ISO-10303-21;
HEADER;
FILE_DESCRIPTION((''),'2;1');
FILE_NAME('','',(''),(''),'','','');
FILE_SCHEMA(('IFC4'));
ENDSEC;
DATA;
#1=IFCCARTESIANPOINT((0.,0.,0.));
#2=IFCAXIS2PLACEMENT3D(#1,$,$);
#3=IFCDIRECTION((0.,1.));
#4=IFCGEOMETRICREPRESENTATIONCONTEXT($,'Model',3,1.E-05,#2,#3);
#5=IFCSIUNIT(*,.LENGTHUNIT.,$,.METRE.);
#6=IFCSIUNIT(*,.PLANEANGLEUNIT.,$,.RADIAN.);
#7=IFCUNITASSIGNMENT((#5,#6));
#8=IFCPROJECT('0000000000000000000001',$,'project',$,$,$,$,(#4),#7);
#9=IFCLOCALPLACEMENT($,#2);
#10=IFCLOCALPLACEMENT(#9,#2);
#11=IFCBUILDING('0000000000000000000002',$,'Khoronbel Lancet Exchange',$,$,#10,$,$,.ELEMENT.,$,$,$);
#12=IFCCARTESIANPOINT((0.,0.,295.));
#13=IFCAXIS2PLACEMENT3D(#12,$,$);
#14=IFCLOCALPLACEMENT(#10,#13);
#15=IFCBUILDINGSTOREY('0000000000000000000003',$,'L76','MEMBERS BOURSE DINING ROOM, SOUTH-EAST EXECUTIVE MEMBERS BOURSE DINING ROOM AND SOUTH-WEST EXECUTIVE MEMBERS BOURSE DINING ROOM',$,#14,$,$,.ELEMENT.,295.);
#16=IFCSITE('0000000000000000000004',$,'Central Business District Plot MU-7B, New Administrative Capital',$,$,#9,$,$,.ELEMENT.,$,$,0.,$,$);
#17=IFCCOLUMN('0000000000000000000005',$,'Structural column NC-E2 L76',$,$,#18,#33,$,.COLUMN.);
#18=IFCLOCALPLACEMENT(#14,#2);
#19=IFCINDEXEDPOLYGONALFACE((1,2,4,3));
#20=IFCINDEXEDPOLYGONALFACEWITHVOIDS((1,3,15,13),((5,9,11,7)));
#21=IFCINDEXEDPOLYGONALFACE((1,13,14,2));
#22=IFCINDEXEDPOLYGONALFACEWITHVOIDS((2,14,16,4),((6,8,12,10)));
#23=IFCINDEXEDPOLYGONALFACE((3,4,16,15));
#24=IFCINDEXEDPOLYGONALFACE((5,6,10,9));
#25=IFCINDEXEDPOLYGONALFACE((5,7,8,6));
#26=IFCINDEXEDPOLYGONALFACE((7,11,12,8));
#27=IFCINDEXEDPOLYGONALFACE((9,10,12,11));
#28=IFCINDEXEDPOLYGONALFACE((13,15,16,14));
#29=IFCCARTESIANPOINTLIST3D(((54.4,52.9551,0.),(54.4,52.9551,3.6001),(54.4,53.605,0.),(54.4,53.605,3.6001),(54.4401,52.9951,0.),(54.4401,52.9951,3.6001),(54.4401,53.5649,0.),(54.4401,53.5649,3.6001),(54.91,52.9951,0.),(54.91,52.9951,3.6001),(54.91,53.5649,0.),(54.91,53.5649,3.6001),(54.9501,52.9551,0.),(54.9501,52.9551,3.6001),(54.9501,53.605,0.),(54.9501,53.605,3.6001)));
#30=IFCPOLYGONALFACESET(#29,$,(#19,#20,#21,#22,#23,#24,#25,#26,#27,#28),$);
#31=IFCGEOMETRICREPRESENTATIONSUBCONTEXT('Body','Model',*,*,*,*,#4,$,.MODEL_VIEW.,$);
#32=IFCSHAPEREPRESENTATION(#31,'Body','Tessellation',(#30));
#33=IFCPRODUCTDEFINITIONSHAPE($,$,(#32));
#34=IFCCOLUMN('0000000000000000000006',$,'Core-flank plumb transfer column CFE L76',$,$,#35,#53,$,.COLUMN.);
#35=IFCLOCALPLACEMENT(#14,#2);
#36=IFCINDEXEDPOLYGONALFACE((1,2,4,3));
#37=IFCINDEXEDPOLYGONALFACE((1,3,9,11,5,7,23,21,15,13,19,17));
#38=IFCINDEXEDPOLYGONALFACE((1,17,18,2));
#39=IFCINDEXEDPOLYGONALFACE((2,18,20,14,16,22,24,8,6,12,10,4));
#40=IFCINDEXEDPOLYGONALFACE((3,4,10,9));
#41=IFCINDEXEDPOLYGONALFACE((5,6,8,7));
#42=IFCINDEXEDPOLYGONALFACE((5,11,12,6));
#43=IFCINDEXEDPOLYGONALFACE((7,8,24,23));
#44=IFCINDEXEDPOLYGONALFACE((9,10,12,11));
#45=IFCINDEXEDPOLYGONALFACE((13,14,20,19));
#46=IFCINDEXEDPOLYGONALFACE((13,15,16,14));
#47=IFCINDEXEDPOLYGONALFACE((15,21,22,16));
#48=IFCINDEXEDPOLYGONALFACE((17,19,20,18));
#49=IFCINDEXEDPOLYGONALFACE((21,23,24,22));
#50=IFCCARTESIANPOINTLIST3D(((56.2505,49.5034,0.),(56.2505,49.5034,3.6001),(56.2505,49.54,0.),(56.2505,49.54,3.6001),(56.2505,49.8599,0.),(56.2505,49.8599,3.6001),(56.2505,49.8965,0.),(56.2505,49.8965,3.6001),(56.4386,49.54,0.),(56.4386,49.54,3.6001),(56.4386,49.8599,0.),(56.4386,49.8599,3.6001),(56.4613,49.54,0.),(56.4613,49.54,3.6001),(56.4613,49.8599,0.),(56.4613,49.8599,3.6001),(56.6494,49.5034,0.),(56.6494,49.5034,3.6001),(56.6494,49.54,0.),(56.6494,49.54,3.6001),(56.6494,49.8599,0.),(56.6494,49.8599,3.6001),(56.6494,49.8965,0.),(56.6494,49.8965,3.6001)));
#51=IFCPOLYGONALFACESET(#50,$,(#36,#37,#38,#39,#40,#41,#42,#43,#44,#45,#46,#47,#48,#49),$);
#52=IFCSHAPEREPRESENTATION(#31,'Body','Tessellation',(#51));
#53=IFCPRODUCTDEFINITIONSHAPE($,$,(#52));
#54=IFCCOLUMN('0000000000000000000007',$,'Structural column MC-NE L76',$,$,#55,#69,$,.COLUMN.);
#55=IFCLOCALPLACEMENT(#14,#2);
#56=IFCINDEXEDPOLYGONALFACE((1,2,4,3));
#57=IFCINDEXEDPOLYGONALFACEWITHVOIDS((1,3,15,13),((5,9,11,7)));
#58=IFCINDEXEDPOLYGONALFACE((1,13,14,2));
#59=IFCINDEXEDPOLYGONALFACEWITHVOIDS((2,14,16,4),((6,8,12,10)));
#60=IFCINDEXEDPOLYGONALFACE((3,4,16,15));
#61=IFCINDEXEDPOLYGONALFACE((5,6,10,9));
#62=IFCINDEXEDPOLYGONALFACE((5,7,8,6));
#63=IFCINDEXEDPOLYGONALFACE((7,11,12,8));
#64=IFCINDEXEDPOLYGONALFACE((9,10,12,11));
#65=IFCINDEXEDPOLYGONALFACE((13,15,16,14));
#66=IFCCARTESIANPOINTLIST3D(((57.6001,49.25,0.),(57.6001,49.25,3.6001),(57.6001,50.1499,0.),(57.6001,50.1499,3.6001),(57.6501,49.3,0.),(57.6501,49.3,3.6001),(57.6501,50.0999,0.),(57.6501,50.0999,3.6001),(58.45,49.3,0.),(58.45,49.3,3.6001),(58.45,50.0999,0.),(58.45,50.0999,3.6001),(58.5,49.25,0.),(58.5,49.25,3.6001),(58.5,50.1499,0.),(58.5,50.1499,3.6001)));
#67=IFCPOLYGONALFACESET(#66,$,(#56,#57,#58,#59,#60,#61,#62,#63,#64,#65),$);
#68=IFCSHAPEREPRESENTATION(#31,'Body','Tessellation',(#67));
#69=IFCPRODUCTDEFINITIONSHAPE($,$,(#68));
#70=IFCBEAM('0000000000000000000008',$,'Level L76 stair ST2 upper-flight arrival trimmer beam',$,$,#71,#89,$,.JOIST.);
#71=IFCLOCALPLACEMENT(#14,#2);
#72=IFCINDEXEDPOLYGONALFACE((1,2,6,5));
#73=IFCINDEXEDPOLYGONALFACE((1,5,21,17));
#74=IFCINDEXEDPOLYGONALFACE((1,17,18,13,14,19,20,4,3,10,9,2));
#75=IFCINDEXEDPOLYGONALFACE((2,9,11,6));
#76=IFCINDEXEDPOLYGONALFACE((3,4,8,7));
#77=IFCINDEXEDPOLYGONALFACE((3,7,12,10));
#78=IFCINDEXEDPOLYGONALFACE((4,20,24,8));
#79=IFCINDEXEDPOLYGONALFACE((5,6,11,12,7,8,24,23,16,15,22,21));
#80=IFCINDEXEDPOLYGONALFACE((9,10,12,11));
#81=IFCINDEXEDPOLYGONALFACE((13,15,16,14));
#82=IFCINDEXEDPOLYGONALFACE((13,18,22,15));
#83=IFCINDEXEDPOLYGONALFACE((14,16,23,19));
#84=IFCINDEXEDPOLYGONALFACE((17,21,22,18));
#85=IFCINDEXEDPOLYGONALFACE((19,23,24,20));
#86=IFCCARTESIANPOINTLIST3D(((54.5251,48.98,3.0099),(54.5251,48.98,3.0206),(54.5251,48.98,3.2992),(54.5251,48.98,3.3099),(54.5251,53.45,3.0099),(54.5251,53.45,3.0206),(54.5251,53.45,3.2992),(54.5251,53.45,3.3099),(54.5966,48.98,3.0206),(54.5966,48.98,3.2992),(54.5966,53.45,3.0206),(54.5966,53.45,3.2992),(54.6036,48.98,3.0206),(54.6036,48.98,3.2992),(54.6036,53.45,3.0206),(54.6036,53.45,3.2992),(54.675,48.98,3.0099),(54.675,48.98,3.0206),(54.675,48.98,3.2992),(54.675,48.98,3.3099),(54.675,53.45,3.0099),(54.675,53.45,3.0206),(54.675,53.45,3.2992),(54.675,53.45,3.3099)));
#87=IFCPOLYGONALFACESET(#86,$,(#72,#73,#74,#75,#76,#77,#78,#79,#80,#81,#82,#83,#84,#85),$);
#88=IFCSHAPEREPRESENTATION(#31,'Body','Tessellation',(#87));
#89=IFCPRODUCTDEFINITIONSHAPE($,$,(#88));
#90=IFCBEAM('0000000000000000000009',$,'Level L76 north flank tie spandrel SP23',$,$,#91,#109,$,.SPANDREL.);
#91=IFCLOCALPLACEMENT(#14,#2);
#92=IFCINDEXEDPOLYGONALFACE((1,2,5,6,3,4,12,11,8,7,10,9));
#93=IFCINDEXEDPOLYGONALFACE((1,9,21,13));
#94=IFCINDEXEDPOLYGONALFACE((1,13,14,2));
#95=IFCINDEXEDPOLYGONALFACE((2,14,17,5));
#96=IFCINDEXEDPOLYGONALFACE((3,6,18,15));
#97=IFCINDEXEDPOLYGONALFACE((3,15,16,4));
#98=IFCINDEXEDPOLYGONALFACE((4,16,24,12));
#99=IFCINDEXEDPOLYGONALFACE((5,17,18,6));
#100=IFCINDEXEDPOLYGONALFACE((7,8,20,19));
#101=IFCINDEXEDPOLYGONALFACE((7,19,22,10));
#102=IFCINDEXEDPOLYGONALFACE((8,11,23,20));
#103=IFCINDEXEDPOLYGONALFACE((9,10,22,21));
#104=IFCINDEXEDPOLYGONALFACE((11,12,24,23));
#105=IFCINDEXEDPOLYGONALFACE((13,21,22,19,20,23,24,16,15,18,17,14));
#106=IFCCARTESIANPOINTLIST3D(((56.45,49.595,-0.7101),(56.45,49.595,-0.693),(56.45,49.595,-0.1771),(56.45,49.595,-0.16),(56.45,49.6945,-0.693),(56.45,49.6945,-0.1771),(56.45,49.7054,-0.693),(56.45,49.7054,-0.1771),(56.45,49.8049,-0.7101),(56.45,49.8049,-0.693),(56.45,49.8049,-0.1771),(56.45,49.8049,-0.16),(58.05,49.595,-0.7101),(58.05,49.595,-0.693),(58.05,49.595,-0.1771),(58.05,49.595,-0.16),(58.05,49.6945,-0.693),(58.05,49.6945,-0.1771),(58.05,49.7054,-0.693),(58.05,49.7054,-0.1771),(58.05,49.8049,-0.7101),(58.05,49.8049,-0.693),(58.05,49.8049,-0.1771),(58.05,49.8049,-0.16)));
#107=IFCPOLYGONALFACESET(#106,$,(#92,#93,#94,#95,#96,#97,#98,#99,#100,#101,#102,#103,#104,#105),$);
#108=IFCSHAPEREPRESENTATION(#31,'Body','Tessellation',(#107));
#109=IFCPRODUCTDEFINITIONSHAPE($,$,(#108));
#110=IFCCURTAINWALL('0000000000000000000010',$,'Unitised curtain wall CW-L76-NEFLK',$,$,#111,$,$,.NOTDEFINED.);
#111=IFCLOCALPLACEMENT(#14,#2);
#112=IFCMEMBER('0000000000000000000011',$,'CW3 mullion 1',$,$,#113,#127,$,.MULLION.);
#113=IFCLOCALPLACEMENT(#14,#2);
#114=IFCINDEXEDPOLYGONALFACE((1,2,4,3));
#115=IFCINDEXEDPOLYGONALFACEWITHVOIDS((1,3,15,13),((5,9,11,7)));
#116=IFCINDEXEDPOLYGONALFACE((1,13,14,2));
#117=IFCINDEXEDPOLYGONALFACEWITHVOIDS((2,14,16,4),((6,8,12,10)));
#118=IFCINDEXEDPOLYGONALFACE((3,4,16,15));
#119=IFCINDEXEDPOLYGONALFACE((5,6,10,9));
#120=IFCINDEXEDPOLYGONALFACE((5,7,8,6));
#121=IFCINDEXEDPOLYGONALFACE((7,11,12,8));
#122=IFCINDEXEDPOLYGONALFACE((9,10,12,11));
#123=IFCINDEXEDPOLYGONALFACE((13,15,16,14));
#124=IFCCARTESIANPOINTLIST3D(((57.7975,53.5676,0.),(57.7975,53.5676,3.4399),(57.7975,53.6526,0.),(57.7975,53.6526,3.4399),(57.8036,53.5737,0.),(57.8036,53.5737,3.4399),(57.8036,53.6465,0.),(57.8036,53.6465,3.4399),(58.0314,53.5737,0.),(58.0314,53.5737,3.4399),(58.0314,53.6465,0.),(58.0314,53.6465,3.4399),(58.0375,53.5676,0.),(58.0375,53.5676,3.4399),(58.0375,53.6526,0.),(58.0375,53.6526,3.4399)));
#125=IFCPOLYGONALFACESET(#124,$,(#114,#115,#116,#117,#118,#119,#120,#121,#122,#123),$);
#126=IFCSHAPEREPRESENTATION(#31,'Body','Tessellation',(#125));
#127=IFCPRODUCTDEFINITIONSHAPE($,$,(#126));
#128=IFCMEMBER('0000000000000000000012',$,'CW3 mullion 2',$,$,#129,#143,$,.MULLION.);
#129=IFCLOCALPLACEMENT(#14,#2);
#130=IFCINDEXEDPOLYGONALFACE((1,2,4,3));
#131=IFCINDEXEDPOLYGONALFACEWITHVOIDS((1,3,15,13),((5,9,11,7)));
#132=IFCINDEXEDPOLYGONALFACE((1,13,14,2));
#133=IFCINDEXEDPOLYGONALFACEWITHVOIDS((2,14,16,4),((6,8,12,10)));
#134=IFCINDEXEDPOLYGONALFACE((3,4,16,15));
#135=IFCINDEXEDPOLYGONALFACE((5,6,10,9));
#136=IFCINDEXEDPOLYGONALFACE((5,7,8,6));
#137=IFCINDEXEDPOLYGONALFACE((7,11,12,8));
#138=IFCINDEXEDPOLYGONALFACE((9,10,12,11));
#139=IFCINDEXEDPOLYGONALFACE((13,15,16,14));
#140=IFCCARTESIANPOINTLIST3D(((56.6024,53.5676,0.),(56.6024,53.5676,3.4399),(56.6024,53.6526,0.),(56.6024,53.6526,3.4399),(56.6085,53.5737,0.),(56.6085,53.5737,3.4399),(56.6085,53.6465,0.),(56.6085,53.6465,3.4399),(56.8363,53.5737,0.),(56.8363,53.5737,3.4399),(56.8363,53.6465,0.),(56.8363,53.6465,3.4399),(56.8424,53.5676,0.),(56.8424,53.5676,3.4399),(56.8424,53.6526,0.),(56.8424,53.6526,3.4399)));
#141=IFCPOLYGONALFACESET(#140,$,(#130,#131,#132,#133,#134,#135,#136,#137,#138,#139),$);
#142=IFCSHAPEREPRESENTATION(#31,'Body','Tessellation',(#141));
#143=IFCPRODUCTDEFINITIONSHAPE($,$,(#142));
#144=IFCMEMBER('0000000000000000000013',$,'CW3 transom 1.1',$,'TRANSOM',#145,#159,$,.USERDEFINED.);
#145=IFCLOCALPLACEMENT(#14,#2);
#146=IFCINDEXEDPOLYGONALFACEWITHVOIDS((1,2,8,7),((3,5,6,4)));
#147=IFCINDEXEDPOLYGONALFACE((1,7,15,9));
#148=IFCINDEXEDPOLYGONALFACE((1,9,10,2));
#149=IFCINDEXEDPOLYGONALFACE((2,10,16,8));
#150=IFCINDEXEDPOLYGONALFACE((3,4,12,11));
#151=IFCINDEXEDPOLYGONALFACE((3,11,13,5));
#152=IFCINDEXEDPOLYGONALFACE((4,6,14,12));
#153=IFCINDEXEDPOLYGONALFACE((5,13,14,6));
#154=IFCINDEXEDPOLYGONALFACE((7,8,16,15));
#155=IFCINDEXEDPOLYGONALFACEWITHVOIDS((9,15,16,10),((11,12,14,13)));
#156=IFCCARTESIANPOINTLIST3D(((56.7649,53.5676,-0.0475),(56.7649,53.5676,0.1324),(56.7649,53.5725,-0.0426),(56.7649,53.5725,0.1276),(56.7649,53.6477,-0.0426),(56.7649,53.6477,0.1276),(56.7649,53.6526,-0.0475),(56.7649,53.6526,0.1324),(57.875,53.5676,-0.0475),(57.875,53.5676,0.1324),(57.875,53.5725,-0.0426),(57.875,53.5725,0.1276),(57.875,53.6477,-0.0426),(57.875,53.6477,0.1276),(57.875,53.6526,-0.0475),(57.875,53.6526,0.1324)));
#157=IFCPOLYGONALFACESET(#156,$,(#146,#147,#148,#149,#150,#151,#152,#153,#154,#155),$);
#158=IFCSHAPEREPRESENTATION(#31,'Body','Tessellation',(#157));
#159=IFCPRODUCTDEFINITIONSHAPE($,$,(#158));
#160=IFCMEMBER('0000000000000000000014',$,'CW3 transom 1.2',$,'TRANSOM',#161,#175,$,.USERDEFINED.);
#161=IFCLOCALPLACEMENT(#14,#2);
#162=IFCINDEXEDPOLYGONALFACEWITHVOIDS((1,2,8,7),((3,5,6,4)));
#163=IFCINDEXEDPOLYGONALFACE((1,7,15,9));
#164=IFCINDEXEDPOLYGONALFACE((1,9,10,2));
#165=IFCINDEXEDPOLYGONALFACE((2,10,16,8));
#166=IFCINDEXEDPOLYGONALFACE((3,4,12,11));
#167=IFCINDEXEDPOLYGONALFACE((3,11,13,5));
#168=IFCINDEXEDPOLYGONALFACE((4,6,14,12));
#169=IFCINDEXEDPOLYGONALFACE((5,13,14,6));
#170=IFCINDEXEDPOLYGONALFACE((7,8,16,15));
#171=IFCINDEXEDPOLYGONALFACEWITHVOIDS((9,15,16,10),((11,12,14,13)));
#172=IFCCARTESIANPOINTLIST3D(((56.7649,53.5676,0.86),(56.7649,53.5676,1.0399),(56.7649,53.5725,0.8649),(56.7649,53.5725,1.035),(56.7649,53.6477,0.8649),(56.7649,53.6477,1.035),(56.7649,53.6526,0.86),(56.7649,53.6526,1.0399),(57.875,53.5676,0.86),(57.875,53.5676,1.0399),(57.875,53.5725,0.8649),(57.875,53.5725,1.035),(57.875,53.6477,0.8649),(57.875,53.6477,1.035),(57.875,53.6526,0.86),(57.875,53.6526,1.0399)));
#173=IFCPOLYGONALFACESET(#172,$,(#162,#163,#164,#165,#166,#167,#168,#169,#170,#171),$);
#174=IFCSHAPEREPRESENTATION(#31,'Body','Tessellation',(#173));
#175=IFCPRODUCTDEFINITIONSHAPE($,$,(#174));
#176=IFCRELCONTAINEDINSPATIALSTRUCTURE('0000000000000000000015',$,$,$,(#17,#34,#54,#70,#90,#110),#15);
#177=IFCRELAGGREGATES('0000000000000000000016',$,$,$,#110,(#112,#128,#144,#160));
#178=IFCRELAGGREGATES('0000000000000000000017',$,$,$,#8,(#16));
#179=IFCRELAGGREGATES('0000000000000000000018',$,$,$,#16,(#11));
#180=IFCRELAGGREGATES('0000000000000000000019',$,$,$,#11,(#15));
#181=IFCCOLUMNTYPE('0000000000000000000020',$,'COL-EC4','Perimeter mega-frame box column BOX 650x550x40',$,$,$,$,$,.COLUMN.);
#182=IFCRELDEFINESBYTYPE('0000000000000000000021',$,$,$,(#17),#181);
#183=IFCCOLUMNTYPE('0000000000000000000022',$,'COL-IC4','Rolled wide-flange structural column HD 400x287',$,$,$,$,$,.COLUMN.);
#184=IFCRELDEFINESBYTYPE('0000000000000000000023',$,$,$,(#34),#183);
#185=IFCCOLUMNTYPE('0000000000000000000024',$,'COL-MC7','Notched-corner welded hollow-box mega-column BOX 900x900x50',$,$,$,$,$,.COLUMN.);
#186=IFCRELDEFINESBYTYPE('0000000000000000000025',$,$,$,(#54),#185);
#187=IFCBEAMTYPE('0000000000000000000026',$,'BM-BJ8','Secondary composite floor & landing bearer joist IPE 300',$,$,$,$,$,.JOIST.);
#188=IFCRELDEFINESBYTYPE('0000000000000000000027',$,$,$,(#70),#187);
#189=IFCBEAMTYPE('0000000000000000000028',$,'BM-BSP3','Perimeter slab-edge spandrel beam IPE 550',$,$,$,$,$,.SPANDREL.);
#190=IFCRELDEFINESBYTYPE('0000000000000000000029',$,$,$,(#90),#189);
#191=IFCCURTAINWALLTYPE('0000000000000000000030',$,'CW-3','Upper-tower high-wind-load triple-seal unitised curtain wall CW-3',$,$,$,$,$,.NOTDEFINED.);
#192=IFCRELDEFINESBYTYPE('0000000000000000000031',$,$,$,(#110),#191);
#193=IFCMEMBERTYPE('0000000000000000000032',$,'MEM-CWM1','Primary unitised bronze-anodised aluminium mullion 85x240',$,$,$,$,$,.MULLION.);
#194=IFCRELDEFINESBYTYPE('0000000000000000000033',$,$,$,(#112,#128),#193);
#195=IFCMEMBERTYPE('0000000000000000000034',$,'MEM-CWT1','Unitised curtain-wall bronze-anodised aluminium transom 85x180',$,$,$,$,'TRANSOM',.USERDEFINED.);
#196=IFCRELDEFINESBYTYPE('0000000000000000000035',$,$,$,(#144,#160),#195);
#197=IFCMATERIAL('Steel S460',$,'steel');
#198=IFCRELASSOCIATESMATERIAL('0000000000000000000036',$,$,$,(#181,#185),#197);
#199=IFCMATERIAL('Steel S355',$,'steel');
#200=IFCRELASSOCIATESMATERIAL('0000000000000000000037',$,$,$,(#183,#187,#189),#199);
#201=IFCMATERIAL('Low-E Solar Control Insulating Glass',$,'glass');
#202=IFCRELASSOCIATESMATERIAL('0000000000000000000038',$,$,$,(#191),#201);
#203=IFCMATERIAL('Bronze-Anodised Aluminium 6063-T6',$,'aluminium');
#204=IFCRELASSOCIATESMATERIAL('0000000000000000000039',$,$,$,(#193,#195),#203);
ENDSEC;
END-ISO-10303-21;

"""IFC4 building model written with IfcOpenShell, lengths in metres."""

from ifc_helpers import new_model, si_unit, direction, frame, origin, origin_2d, place, context, subcontext, project, spatial, hollow_rectangle, i_section, extrude, material, material_profile, profile_set, type_object, element, aggregate, save


model = new_model("IFC4")

# Units and contexts
model_context = context("Model", 3, precision=1e-05, world=origin(), true_north=direction((0.0, 1.0)))
body_context = subcontext(model_context, "Body", "Model", "MODEL_VIEW")
ifc_project = project(units=[si_unit("LENGTHUNIT", "METRE"), si_unit("PLANEANGLEUNIT", "RADIAN")], contexts=[model_context])

# Site, building, storey
site_placement = place(None, origin())
site = spatial("IfcSite", under=ifc_project, at=site_placement, Name="Central Business District Plot MU-7B, New Administrative Capital", CompositionType="ELEMENT", RefElevation=0.0)
building_placement = place(site_placement, origin())
building = spatial("IfcBuilding", under=site, at=building_placement, Name="Khoronbel Lancet Exchange", CompositionType="ELEMENT")
storey_placement = place(building_placement, frame((0.0, 0.0, 295.0)))
storey = spatial("IfcBuildingStorey", under=building, at=storey_placement, Name="L76", Description="MEMBERS BOURSE DINING ROOM, SOUTH-EAST EXECUTIVE MEMBERS BOURSE DINING ROOM AND SOUTH-WEST EXECUTIVE MEMBERS BOURSE DINING ROOM", CompositionType="ELEMENT", Elevation=295.0)

# Columns
ifc_material_1 = material(Name="Steel S460", Category="steel")
ifc_material_profile_1 = material_profile(ifc_material_1, hollow_rectangle(XDim=0.55, YDim=0.6499, WallThickness=0.04, at=origin_2d()), Name="BOX 650x550x40")
ifc_profile_set_1 = profile_set([ifc_material_profile_1], Name="Steel S460")
column_type_1 = type_object("IfcColumnType", Name="COL-EC4", Description="Perimeter mega-frame box column BOX 650x550x40", PredefinedType="COLUMN", material=ifc_profile_set_1)
column_1_placement = place(storey_placement, frame((54.675, 53.28, 0.0), z_axis=(0.0, 0.0, 1.0), x_axis=(1.0, 0.0, 0.0)))
element("IfcColumn", 1, at=column_1_placement, inside=storey, type_object=column_type_1, Name="Structural column NC-E2 L76", PredefinedType="COLUMN", context=body_context, shape_type="SweptSolid", body=[
    extrude(hollow_rectangle(XDim=0.55, YDim=0.6499, WallThickness=0.04, at=origin_2d()), origin(), (0.0, 0.0, 1.0), 3.6001),
])
ifc_material_2 = material(Name="Steel S355", Category="steel")
ifc_material_profile_2 = material_profile(ifc_material_2, i_section(OverallWidth=0.3989, OverallDepth=0.3931, WebThickness=0.0227, FlangeThickness=0.0366, at=origin_2d()), Name="HD 400x287")
ifc_profile_set_2 = profile_set([ifc_material_profile_2], Name="Steel S355")
column_type_2 = type_object("IfcColumnType", Name="COL-IC4", Description="Rolled wide-flange structural column HD 400x287", PredefinedType="COLUMN", material=ifc_profile_set_2)
column_2_placement = place(storey_placement, frame((56.45, 49.7, 0.0), z_axis=(0.0, 0.0, 1.0), x_axis=(1.0, 0.0, 0.0)))
element("IfcColumn", 2, at=column_2_placement, inside=storey, type_object=column_type_2, Name="Core-flank plumb transfer column CFE L76", PredefinedType="COLUMN", context=body_context, shape_type="SweptSolid", body=[
    extrude(i_section(OverallWidth=0.3989, OverallDepth=0.3931, WebThickness=0.0227, FlangeThickness=0.0366, at=origin_2d()), origin(), (0.0, 0.0, 1.0), 3.6001),
])
ifc_material_profile_3 = material_profile(ifc_material_1, hollow_rectangle(XDim=0.8999, YDim=0.8999, WallThickness=0.05, at=origin_2d()), Name="BOX 900x900x50")
ifc_profile_set_3 = profile_set([ifc_material_profile_3], Name="Steel S460")
column_type_3 = type_object("IfcColumnType", Name="COL-MC7", Description="Notched-corner welded hollow-box mega-column BOX 900x900x50", PredefinedType="COLUMN", material=ifc_profile_set_3)
column_3_placement = place(storey_placement, frame((58.05, 49.7, 0.0), z_axis=(0.0, 0.0, 1.0), x_axis=(1.0, 0.0, 0.0)))
element("IfcColumn", 3, at=column_3_placement, inside=storey, type_object=column_type_3, Name="Structural column MC-NE L76", PredefinedType="COLUMN", context=body_context, shape_type="SweptSolid", body=[
    extrude(hollow_rectangle(XDim=0.8999, YDim=0.8999, WallThickness=0.05, at=origin_2d()), origin(), (0.0, 0.0, 1.0), 3.6001),
])

# Beams
ifc_material_profile_4 = material_profile(ifc_material_2, i_section(OverallWidth=0.1499, OverallDepth=0.3, WebThickness=0.0071, FlangeThickness=0.0107, at=origin_2d()), Name="IPE 300")
ifc_profile_set_4 = profile_set([ifc_material_profile_4], Name="Steel S355")
beam_type_1 = type_object("IfcBeamType", Name="BM-BJ8", Description="Secondary composite floor & landing bearer joist IPE 300", PredefinedType="JOIST", material=ifc_profile_set_4)
beam_1_placement = place(storey_placement, frame((54.6001, 48.98, 3.1599), z_axis=(0.0, 1.0, 0.0), x_axis=(-1.0, 0.0, 0.0)))
element("IfcBeam", 4, at=beam_1_placement, inside=storey, type_object=beam_type_1, Name="Level L76 stair ST2 upper-flight arrival trimmer beam", PredefinedType="JOIST", context=body_context, shape_type="SweptSolid", body=[
    extrude(i_section(OverallWidth=0.1499, OverallDepth=0.3, WebThickness=0.0071, FlangeThickness=0.0107, at=origin_2d()), origin(), (0.0, 0.0, 1.0), 4.47),
])
ifc_material_profile_5 = material_profile(ifc_material_2, i_section(OverallWidth=0.21, OverallDepth=0.55, WebThickness=0.011, FlangeThickness=0.0171, at=origin_2d()), Name="IPE 550")
ifc_profile_set_5 = profile_set([ifc_material_profile_5], Name="Steel S355")
beam_type_2 = type_object("IfcBeamType", Name="BM-BSP3", Description="Perimeter slab-edge spandrel beam IPE 550", PredefinedType="SPANDREL", material=ifc_profile_set_5)
beam_2_placement = place(storey_placement, frame((58.05, 49.7, -0.4351), z_axis=(-1.0, 0.0, 0.0), x_axis=(0.0, -1.0, 0.0)))
element("IfcBeam", 5, at=beam_2_placement, inside=storey, type_object=beam_type_2, Name="Level L76 north flank tie spandrel SP23", PredefinedType="SPANDREL", context=body_context, shape_type="SweptSolid", body=[
    extrude(i_section(OverallWidth=0.21, OverallDepth=0.55, WebThickness=0.011, FlangeThickness=0.0171, at=origin_2d()), origin(), (0.0, 0.0, 1.0), 1.6001),
])

# Curtain wall, members
ifc_material_3 = material(Name="Low-E Solar Control Insulating Glass", Category="glass")
curtain_wall_type = type_object("IfcCurtainWallType", Name="CW-3", Description="Upper-tower high-wind-load triple-seal unitised curtain wall CW-3", PredefinedType="NOTDEFINED", material=ifc_material_3)
curtain_wall_placement = place(storey_placement, origin())
curtain_wall = element("IfcCurtainWall", 6, at=curtain_wall_placement, inside=storey, type_object=curtain_wall_type, Name="Unitised curtain wall CW-L76-NEFLK", PredefinedType="NOTDEFINED")
ifc_material_4 = material(Name="Bronze-Anodised Aluminium 6063-T6", Category="aluminium")
ifc_material_profile_6 = material_profile(ifc_material_4, hollow_rectangle(XDim=0.085, YDim=0.24, WallThickness=0.0061, at=origin_2d()), Name="ALU MULLION 85x240")
ifc_profile_set_6 = profile_set([ifc_material_profile_6], Name="Bronze-Anodised Aluminium 6063-T6")
member_type_1 = type_object("IfcMemberType", Name="MEM-CWM1", Description="Primary unitised bronze-anodised aluminium mullion 85x240", PredefinedType="MULLION", material=ifc_profile_set_6)
member_1_placement = place(storey_placement, frame((57.9175, 53.6101, 0.0), z_axis=(0.0, 0.0, 1.0), x_axis=(0.0, -1.0, 0.0)))
member_1 = element("IfcMember", 7, at=member_1_placement, type_object=member_type_1, Name="CW3 mullion 1", PredefinedType="MULLION", context=body_context, shape_type="SweptSolid", body=[
    extrude(hollow_rectangle(XDim=0.085, YDim=0.24, WallThickness=0.0061, at=origin_2d()), origin(), (0.0, 0.0, 1.0), 3.4399),
])
member_2_placement = place(storey_placement, frame((56.7224, 53.6101, 0.0), z_axis=(0.0, 0.0, 1.0), x_axis=(0.0, -1.0, 0.0)))
member_2 = element("IfcMember", 8, at=member_2_placement, type_object=member_type_1, Name="CW3 mullion 2", PredefinedType="MULLION", context=body_context, shape_type="SweptSolid", body=[
    extrude(hollow_rectangle(XDim=0.085, YDim=0.24, WallThickness=0.0061, at=origin_2d()), origin(), (0.0, 0.0, 1.0), 3.4399),
])
ifc_material_profile_7 = material_profile(ifc_material_4, hollow_rectangle(XDim=0.085, YDim=0.1799, WallThickness=0.0049, at=origin_2d()), Name="ALU TRANSOM 85x180")
ifc_profile_set_7 = profile_set([ifc_material_profile_7], Name="Bronze-Anodised Aluminium 6063-T6")
member_type_2 = type_object("IfcMemberType", Name="MEM-CWT1", Description="Unitised curtain-wall bronze-anodised aluminium transom 85x180", ElementType="TRANSOM", PredefinedType="USERDEFINED", material=ifc_profile_set_7)
member_3_placement = place(storey_placement, frame((57.875, 53.6101, 0.0425), z_axis=(-1.0, 0.0, 0.0), x_axis=(0.0, -1.0, 0.0)))
member_3 = element("IfcMember", 9, at=member_3_placement, type_object=member_type_2, Name="CW3 transom 1.1", ObjectType="TRANSOM", PredefinedType="USERDEFINED", context=body_context, shape_type="SweptSolid", body=[
    extrude(hollow_rectangle(XDim=0.085, YDim=0.1799, WallThickness=0.0049, at=origin_2d()), origin(), (0.0, 0.0, 1.0), 1.1101),
])
member_4_placement = place(storey_placement, frame((57.875, 53.6101, 0.95), z_axis=(-1.0, 0.0, 0.0), x_axis=(0.0, -1.0, 0.0)))
member_4 = element("IfcMember", 10, at=member_4_placement, type_object=member_type_2, Name="CW3 transom 1.2", ObjectType="TRANSOM", PredefinedType="USERDEFINED", context=body_context, shape_type="SweptSolid", body=[
    extrude(hollow_rectangle(XDim=0.085, YDim=0.1799, WallThickness=0.0049, at=origin_2d()), origin(), (0.0, 0.0, 1.0), 1.1101),
])
aggregate(curtain_wall, [member_1, member_2, member_3, member_4])

save(model, "model.ifc")
